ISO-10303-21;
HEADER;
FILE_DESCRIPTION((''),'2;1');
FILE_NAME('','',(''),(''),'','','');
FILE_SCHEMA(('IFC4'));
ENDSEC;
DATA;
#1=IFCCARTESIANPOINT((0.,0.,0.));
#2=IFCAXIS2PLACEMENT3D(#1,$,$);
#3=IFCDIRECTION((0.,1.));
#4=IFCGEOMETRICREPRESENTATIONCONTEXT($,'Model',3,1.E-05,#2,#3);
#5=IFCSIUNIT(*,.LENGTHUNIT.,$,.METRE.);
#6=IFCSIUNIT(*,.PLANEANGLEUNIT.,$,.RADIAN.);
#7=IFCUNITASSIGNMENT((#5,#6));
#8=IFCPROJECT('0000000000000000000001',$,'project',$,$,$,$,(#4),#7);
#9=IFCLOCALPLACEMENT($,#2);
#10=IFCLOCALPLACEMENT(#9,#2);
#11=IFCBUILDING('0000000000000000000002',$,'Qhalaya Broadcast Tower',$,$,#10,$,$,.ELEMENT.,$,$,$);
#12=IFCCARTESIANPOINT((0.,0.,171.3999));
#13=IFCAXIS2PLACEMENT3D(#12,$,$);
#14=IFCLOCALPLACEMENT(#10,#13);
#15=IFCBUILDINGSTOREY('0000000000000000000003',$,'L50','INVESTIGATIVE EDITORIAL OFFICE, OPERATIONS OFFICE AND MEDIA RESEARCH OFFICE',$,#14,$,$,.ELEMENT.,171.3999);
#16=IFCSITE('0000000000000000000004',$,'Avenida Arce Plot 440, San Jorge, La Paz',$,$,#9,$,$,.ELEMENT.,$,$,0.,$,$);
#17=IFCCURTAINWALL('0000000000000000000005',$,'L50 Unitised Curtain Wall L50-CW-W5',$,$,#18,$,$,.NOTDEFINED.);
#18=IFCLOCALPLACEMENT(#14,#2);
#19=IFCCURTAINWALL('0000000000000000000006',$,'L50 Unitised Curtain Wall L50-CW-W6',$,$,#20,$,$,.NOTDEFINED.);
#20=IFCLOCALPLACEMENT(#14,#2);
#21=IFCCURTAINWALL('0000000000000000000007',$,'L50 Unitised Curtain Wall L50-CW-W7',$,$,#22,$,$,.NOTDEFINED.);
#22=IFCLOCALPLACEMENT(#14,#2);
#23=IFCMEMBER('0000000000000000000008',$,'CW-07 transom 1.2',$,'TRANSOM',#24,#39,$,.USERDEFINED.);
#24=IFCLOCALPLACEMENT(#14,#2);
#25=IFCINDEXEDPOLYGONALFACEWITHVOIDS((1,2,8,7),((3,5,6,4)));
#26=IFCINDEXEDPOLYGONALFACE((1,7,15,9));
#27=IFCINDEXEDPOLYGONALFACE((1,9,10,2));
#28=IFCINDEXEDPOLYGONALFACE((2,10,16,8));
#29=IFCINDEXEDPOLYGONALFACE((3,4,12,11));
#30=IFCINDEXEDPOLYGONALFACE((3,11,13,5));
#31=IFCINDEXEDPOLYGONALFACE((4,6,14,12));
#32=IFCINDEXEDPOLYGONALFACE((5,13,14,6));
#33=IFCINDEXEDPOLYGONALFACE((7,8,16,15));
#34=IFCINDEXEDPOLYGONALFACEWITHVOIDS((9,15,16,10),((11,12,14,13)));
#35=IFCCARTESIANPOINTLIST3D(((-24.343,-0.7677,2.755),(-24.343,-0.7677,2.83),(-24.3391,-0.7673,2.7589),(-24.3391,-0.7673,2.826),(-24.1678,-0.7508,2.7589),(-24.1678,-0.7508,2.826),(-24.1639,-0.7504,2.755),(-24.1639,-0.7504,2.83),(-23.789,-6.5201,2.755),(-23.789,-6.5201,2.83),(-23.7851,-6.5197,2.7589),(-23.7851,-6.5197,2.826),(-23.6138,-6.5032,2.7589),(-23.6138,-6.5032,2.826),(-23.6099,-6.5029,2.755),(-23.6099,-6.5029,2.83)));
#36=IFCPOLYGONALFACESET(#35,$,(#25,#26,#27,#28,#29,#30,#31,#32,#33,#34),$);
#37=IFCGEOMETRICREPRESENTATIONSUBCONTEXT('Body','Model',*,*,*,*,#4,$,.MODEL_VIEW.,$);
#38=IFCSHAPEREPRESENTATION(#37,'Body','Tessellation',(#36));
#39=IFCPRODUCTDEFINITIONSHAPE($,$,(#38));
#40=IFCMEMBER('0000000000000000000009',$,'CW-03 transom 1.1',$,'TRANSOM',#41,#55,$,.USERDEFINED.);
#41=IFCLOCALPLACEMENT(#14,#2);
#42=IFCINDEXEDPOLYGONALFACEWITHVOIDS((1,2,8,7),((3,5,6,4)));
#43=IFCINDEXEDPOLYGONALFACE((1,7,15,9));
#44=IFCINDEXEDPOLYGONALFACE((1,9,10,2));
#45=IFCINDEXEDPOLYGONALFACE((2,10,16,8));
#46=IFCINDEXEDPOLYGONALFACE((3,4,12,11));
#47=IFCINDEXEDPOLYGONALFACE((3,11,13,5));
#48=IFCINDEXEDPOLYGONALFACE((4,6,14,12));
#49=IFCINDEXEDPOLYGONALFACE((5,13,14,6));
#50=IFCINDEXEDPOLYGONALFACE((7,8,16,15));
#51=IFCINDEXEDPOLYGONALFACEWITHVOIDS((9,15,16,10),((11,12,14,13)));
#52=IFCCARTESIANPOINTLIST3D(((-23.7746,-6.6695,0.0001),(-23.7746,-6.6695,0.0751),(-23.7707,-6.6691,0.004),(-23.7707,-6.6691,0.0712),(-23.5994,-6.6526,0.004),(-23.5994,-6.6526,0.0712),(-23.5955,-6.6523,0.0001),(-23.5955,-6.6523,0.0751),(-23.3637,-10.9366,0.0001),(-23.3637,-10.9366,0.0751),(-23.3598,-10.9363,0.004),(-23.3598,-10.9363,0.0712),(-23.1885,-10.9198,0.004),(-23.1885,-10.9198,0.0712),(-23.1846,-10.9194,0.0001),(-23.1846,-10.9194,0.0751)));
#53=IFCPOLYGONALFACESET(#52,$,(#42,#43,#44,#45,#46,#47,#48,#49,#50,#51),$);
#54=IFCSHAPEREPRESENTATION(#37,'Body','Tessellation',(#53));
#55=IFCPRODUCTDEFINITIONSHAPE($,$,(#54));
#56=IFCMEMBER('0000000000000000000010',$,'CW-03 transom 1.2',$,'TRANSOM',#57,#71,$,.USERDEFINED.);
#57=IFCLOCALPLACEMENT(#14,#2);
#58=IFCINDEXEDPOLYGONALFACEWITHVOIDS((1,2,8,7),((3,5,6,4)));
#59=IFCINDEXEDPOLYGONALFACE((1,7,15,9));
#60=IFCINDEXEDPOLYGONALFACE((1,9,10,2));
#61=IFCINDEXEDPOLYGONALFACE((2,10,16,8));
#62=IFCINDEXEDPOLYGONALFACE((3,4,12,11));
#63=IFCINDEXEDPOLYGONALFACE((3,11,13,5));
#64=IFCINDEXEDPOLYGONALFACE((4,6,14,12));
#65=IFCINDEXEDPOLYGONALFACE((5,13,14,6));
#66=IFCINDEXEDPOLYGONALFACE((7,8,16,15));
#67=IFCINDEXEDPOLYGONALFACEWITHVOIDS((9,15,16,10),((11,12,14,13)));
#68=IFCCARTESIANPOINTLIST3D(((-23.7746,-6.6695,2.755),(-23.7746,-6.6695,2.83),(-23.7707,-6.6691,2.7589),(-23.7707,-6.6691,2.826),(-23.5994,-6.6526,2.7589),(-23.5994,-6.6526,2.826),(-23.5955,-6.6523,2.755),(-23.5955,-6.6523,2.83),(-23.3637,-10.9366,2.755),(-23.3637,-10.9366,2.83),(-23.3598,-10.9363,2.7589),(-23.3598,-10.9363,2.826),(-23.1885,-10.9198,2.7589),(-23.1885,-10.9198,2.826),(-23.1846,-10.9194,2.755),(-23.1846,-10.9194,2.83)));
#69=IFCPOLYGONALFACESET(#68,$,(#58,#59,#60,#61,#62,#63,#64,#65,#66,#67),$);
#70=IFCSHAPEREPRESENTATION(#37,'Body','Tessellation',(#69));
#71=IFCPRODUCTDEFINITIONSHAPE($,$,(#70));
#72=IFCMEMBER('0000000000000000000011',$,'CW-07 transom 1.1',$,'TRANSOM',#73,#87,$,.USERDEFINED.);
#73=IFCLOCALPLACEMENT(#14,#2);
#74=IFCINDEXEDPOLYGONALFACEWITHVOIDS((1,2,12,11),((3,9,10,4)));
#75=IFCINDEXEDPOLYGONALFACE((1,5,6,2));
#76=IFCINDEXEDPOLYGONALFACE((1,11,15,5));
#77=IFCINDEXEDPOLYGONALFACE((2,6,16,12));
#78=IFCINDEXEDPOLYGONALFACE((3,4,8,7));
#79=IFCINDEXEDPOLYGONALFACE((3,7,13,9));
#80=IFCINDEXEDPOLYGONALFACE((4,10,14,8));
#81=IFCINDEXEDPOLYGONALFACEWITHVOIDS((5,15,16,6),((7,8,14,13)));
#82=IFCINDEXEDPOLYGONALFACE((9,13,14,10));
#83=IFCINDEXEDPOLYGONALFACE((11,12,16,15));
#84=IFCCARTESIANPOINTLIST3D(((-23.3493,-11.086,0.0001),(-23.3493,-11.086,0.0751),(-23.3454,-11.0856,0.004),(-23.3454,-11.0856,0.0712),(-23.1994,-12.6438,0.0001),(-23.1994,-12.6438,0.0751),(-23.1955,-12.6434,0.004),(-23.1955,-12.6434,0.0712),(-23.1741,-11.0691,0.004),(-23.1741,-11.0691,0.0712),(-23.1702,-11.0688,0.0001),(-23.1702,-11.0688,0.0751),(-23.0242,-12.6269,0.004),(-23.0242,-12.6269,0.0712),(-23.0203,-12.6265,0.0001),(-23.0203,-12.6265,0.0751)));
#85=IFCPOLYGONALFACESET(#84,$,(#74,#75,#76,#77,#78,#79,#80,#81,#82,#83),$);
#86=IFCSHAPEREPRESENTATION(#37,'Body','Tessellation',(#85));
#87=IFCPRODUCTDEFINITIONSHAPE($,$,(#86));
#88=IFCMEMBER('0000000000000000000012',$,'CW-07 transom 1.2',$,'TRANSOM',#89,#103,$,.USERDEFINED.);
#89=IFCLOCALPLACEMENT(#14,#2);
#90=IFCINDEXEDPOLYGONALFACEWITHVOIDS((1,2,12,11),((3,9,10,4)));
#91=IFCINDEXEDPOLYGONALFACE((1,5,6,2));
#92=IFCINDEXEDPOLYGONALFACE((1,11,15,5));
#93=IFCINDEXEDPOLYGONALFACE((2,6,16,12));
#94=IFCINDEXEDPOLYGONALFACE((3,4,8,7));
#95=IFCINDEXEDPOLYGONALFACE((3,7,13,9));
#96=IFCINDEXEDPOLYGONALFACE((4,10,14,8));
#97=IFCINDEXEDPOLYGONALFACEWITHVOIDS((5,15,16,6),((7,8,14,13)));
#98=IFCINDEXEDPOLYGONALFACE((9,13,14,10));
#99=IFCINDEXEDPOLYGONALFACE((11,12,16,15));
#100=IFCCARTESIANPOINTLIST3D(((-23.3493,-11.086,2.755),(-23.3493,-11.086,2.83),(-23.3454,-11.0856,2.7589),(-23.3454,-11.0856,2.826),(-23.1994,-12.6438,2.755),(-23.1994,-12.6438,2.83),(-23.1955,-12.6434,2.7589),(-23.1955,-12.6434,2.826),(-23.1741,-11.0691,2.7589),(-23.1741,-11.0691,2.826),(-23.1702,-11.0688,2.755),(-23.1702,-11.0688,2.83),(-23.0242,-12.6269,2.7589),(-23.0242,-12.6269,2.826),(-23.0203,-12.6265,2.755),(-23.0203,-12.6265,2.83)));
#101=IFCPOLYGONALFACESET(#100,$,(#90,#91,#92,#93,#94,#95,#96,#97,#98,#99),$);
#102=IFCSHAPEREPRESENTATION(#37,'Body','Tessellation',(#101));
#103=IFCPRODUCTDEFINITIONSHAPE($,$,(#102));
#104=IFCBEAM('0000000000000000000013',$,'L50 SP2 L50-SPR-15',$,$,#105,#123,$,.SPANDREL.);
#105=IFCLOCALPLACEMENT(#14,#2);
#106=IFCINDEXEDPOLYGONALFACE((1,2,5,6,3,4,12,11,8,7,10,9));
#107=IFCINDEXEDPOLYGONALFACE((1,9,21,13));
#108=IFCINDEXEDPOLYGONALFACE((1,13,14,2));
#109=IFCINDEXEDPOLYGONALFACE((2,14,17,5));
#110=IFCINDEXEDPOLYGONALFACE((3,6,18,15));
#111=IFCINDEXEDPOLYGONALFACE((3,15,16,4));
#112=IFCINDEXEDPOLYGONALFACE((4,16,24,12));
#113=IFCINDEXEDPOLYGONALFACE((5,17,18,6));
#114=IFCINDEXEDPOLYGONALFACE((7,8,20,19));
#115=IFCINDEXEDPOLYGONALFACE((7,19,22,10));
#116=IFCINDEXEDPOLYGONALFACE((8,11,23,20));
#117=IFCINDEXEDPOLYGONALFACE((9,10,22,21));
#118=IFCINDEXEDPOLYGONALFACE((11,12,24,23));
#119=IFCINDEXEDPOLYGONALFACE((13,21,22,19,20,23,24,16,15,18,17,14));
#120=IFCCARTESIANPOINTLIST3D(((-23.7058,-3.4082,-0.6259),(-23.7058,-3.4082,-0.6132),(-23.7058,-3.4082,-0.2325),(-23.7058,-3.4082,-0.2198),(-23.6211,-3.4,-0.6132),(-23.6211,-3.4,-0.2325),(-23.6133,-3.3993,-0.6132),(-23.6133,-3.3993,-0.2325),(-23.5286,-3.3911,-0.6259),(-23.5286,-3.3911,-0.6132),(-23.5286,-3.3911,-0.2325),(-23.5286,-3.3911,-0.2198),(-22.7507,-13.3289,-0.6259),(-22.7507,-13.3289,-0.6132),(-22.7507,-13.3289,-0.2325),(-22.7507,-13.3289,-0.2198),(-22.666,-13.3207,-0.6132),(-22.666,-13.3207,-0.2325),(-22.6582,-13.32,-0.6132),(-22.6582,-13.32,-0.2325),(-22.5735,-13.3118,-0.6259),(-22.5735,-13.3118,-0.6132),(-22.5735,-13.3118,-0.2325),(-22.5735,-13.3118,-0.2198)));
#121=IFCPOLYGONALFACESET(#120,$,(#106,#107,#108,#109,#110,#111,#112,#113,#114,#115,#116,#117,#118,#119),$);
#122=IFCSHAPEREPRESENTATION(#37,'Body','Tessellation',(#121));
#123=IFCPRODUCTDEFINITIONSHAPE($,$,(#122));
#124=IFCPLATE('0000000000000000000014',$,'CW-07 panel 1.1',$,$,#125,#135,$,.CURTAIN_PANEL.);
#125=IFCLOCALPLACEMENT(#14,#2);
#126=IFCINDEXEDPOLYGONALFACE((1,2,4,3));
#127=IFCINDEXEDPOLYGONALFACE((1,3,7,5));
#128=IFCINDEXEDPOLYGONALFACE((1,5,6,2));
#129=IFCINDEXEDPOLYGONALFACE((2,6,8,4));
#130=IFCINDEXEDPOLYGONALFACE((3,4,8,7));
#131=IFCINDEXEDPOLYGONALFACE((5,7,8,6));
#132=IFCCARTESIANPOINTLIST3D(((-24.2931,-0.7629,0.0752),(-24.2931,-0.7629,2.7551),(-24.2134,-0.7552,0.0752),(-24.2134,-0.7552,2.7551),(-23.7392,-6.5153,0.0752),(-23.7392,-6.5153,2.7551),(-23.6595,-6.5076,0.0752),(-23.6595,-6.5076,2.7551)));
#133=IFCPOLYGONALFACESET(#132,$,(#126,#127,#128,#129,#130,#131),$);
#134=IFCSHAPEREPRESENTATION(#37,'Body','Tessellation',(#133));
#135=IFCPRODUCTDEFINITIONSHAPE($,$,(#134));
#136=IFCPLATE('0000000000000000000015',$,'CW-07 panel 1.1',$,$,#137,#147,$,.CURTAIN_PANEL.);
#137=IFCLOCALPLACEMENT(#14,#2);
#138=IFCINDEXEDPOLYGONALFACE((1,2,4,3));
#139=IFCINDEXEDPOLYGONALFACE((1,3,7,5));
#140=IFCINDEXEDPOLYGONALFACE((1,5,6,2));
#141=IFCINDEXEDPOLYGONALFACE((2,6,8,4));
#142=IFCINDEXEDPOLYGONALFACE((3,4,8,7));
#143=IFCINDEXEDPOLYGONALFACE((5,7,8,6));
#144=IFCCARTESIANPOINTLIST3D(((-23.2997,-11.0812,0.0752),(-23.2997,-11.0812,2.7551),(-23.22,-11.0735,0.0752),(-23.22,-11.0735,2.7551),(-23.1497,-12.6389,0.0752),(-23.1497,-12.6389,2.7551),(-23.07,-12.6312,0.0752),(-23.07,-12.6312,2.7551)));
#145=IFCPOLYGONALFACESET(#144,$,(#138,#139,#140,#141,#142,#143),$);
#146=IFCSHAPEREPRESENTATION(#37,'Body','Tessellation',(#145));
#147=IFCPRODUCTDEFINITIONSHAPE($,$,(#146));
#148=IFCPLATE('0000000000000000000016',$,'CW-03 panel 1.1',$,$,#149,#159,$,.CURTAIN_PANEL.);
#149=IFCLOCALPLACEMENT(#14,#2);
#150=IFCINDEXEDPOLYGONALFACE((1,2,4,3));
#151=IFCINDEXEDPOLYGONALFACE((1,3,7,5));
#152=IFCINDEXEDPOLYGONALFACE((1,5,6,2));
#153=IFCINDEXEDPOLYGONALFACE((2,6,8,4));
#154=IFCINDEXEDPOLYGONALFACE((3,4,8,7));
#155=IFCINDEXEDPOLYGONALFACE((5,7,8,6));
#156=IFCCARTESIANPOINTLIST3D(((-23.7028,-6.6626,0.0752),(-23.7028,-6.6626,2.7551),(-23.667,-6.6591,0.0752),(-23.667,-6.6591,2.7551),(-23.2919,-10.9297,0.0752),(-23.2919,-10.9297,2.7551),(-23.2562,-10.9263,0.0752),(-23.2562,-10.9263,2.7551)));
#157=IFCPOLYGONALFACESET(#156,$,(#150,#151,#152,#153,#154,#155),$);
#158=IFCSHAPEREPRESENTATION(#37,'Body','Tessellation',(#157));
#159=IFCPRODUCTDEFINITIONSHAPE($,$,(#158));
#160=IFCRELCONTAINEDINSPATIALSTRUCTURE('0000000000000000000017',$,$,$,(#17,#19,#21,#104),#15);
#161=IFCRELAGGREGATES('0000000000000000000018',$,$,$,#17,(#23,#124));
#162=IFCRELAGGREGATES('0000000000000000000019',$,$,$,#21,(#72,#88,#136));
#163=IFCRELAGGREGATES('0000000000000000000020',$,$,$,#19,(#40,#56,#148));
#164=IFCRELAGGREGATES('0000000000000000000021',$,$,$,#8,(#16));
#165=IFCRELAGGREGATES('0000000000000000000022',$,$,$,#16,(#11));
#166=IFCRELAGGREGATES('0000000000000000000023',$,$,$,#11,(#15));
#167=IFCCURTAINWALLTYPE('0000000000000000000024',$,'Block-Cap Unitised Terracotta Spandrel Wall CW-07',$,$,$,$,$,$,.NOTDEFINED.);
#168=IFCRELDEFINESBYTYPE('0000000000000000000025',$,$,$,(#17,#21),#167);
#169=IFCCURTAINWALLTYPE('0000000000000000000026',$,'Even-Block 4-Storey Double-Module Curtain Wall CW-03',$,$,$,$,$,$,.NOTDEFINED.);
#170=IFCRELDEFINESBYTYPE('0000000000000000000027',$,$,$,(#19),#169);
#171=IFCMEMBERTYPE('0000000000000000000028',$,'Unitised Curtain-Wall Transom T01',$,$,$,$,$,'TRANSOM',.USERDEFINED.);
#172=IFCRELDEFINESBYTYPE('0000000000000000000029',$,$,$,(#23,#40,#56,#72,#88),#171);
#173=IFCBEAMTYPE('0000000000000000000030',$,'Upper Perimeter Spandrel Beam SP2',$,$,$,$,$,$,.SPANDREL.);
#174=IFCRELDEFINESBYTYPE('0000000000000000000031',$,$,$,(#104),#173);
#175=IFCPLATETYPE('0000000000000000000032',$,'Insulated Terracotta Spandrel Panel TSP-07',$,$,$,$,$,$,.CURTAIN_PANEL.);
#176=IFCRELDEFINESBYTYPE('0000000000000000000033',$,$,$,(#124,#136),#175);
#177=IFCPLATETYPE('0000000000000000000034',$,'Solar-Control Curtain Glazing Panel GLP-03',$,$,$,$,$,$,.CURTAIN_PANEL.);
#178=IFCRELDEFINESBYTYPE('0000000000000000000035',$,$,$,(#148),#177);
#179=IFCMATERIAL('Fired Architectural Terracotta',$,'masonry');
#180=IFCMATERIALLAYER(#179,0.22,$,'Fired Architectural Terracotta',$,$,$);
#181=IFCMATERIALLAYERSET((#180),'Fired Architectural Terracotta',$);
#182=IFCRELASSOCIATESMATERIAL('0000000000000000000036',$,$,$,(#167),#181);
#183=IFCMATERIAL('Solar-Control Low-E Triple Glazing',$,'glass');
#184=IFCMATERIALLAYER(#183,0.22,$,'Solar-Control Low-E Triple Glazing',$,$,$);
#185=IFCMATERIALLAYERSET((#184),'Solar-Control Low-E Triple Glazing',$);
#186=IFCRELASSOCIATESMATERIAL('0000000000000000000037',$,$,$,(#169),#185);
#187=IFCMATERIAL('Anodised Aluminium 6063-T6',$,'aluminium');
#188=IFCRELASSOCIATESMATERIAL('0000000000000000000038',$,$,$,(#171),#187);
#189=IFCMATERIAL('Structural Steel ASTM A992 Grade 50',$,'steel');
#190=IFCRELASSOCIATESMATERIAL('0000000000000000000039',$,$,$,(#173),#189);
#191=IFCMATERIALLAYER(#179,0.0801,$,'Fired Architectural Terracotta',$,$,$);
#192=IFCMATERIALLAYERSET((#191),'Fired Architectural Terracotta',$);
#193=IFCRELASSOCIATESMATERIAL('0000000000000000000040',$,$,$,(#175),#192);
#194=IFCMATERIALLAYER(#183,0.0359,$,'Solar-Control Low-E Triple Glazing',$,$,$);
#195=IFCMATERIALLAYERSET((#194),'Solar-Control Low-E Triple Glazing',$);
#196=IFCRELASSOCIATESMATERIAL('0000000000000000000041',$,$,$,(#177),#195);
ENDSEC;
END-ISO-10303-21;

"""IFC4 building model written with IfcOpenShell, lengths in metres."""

from ifc_helpers import new_model, si_unit, direction, frame, origin, origin_2d, place, context, subcontext, project, spatial, rectangle, hollow_rectangle, i_section, extrude, material, layer, layer_set, material_profile, profile_set, type_object, element, aggregate, save


model = new_model("IFC4")

# Units and contexts
model_context = context("Model", 3, precision=1e-05, world=origin(), true_north=direction((0.0, 1.0)))
body_context = subcontext(model_context, "Body", "Model", "MODEL_VIEW")
ifc_project = project(units=[si_unit("LENGTHUNIT", "METRE"), si_unit("PLANEANGLEUNIT", "RADIAN")], contexts=[model_context])

# Site, building, storey
site_placement = place(None, origin())
site = spatial("IfcSite", under=ifc_project, at=site_placement, Name="Avenida Arce Plot 440, San Jorge, La Paz", CompositionType="ELEMENT", RefElevation=0.0)
building_placement = place(site_placement, origin())
building = spatial("IfcBuilding", under=site, at=building_placement, Name="Qhalaya Broadcast Tower", CompositionType="ELEMENT")
storey_placement = place(building_placement, frame((0.0, 0.0, 171.3999)))
storey = spatial("IfcBuildingStorey", under=building, at=storey_placement, Name="L50", Description="INVESTIGATIVE EDITORIAL OFFICE, OPERATIONS OFFICE AND MEDIA RESEARCH OFFICE", CompositionType="ELEMENT", Elevation=171.3999)

# Shared definitions
ifc_material_1 = material(Name="Structural Steel ASTM A992 Grade 50", Category="steel")

# Curtain wall
ifc_material_2 = material(Name="Fired Architectural Terracotta", Category="masonry")
ifc_layer_1 = layer(ifc_material_2, 0.22, Name="Fired Architectural Terracotta")
ifc_layer_set_1 = layer_set([ifc_layer_1], Name="Fired Architectural Terracotta")
curtain_wall_type_1 = type_object("IfcCurtainWallType", Name="Block-Cap Unitised Terracotta Spandrel Wall CW-07", PredefinedType="NOTDEFINED", material=ifc_layer_set_1)
curtain_wall_1_placement = place(storey_placement, origin())
curtain_wall_1 = element("IfcCurtainWall", 1, at=curtain_wall_1_placement, inside=storey, type_object=curtain_wall_type_1, Name="L50 Unitised Curtain Wall L50-CW-W5", PredefinedType="NOTDEFINED")
ifc_material_3 = material(Name="Anodised Aluminium 6063-T6", Category="aluminium")

# Curtain wall
ifc_material_4 = material(Name="Solar-Control Low-E Triple Glazing", Category="glass")
ifc_layer_2 = layer(ifc_material_4, 0.22, Name="Solar-Control Low-E Triple Glazing")
ifc_layer_set_2 = layer_set([ifc_layer_2], Name="Solar-Control Low-E Triple Glazing")
curtain_wall_type_2 = type_object("IfcCurtainWallType", Name="Even-Block 4-Storey Double-Module Curtain Wall CW-03", PredefinedType="NOTDEFINED", material=ifc_layer_set_2)
curtain_wall_2_placement = place(storey_placement, origin())
curtain_wall_2 = element("IfcCurtainWall", 2, at=curtain_wall_2_placement, inside=storey, type_object=curtain_wall_type_2, Name="L50 Unitised Curtain Wall L50-CW-W6", PredefinedType="NOTDEFINED")

# Curtain wall
curtain_wall_3_placement = place(storey_placement, origin())
curtain_wall_3 = element("IfcCurtainWall", 3, at=curtain_wall_3_placement, inside=storey, type_object=curtain_wall_type_1, Name="L50 Unitised Curtain Wall L50-CW-W7", PredefinedType="NOTDEFINED")

# Members
ifc_material_profile_1 = material_profile(ifc_material_3, hollow_rectangle(XDim=0.075, YDim=0.1799, WallThickness=0.0039, at=origin_2d()), Name="ALU-TRN 75x180x4")
ifc_profile_set_1 = profile_set([ifc_material_profile_1], Name="Anodised Aluminium 6063-T6")
member_type_1 = type_object("IfcMemberType", Name="Unitised Curtain-Wall Transom T01", ElementType="TRANSOM", PredefinedType="USERDEFINED", material=ifc_profile_set_1)
member_1_placement = place(storey_placement, frame((-24.2534, -0.759, 2.7925), z_axis=(0.095856, -0.995395, 0.0), x_axis=(0.0, 0.0, 1.0)))
member_1 = element("IfcMember", 4, at=member_1_placement, type_object=member_type_1, Name="CW-07 transom 1.2", ObjectType="TRANSOM", PredefinedType="USERDEFINED", context=body_context, shape_type="SweptSolid", body=[
    extrude(hollow_rectangle(XDim=0.075, YDim=0.1799, WallThickness=0.0039, at=origin_2d()), origin(), (0.0, 0.0, 1.0), 5.7791),
])
member_2_placement = place(storey_placement, frame((-23.6851, -6.6609, 0.0376), z_axis=(0.095849, -0.995396, 0.0), x_axis=(0.0, 0.0, 1.0)))
member_2 = element("IfcMember", 5, at=member_2_placement, type_object=member_type_1, Name="CW-03 transom 1.1", ObjectType="TRANSOM", PredefinedType="USERDEFINED", context=body_context, shape_type="SweptSolid", body=[
    extrude(hollow_rectangle(XDim=0.075, YDim=0.1799, WallThickness=0.0039, at=origin_2d()), origin(), (0.0, 0.0, 1.0), 4.2869),
])
member_3_placement = place(storey_placement, frame((-23.6851, -6.6609, 2.7925), z_axis=(0.095849, -0.995396, 0.0), x_axis=(0.0, 0.0, 1.0)))
member_3 = element("IfcMember", 6, at=member_3_placement, type_object=member_type_1, Name="CW-03 transom 1.2", ObjectType="TRANSOM", PredefinedType="USERDEFINED", context=body_context, shape_type="SweptSolid", body=[
    extrude(hollow_rectangle(XDim=0.075, YDim=0.1799, WallThickness=0.0039, at=origin_2d()), origin(), (0.0, 0.0, 1.0), 4.2869),
])
member_4_placement = place(storey_placement, frame((-23.2598, -11.0774, 0.0376), z_axis=(0.095781, -0.995402, 0.0), x_axis=(0.0, 0.0, 1.0)))
member_4 = element("IfcMember", 7, at=member_4_placement, type_object=member_type_1, Name="CW-07 transom 1.1", ObjectType="TRANSOM", PredefinedType="USERDEFINED", context=body_context, shape_type="SweptSolid", body=[
    extrude(hollow_rectangle(XDim=0.075, YDim=0.1799, WallThickness=0.0039, at=origin_2d()), origin(), (0.0, 0.0, 1.0), 1.5649),
])
member_5_placement = place(storey_placement, frame((-23.2598, -11.0774, 2.7925), z_axis=(0.095781, -0.995402, 0.0), x_axis=(0.0, 0.0, 1.0)))
member_5 = element("IfcMember", 8, at=member_5_placement, type_object=member_type_1, Name="CW-07 transom 1.2", ObjectType="TRANSOM", PredefinedType="USERDEFINED", context=body_context, shape_type="SweptSolid", body=[
    extrude(hollow_rectangle(XDim=0.075, YDim=0.1799, WallThickness=0.0039, at=origin_2d()), origin(), (0.0, 0.0, 1.0), 1.5649),
])

# Beam
ifc_material_profile_2 = material_profile(ifc_material_1, i_section(OverallWidth=0.178, OverallDepth=0.406, WebThickness=0.0078, FlangeThickness=0.0127, at=origin_2d()), Name="W16X40")
ifc_profile_set_2 = profile_set([ifc_material_profile_2], Name="Structural Steel ASTM A992 Grade 50")
beam_type_1 = type_object("IfcBeamType", Name="Upper Perimeter Spandrel Beam SP2", PredefinedType="SPANDREL", material=ifc_profile_set_2)
beam_1_placement = place(storey_placement, frame((-23.6172, -3.3997, -0.4229), z_axis=(0.095829, -0.995398, 0.0), x_axis=(0.995398, 0.095829, 0.0)))
element("IfcBeam", 9, at=beam_1_placement, inside=storey, type_object=beam_type_1, Name="L50 SP2 L50-SPR-15", PredefinedType="SPANDREL", context=body_context, shape_type="SweptSolid", body=[
    extrude(i_section(OverallWidth=0.178, OverallDepth=0.406, WebThickness=0.0078, FlangeThickness=0.0127, at=origin_2d()), origin(), (0.0, 0.0, 1.0), 9.9666),
])

# Plates
ifc_layer_3 = layer(ifc_material_2, 0.0801, Name="Fired Architectural Terracotta")
ifc_layer_set_3 = layer_set([ifc_layer_3], Name="Fired Architectural Terracotta")
plate_type_1 = type_object("IfcPlateType", Name="Insulated Terracotta Spandrel Panel TSP-07", PredefinedType="CURTAIN_PANEL", material=ifc_layer_set_3)
plate_1_placement = place(storey_placement, frame((-23.9763, -3.6353, 0.0752), z_axis=(0.0, 0.0, 1.0), x_axis=(0.095849, -0.995396, 0.0)))
plate_1 = element("IfcPlate", 10, at=plate_1_placement, type_object=plate_type_1, Name="CW-07 panel 1.1", PredefinedType="CURTAIN_PANEL", context=body_context, shape_type="SweptSolid", body=[
    extrude(rectangle(XDim=5.7791, YDim=0.0801, at=origin_2d()), origin(), (0.0, 0.0, 1.0), 2.6799),
])
aggregate(curtain_wall_1, [member_1, plate_1])
plate_2_placement = place(storey_placement, frame((-23.1848, -11.8562, 0.0752), z_axis=(0.0, 0.0, 1.0), x_axis=(0.09586, -0.995395, 0.0)))
plate_2 = element("IfcPlate", 11, at=plate_2_placement, type_object=plate_type_1, Name="CW-07 panel 1.1", PredefinedType="CURTAIN_PANEL", context=body_context, shape_type="SweptSolid", body=[
    extrude(rectangle(XDim=1.5649, YDim=0.0801, at=origin_2d()), origin(), (0.0, 0.0, 1.0), 2.6799),
])
aggregate(curtain_wall_3, [member_4, member_5, plate_2])
ifc_layer_4 = layer(ifc_material_4, 0.0359, Name="Solar-Control Low-E Triple Glazing")
ifc_layer_set_4 = layer_set([ifc_layer_4], Name="Solar-Control Low-E Triple Glazing")
plate_type_2 = type_object("IfcPlateType", Name="Solar-Control Curtain Glazing Panel GLP-03", PredefinedType="CURTAIN_PANEL", material=ifc_layer_set_4)
plate_3_placement = place(storey_placement, frame((-23.4795, -8.7944, 0.0752), z_axis=(0.0, 0.0, 1.0), x_axis=(0.095832, -0.995398, 0.0)))
plate_3 = element("IfcPlate", 12, at=plate_3_placement, type_object=plate_type_2, Name="CW-03 panel 1.1", PredefinedType="CURTAIN_PANEL", context=body_context, shape_type="SweptSolid", body=[
    extrude(rectangle(XDim=4.2869, YDim=0.0359, at=origin_2d()), origin(), (0.0, 0.0, 1.0), 2.6799),
])
aggregate(curtain_wall_2, [member_2, member_3, plate_3])

save(model, "model.ifc")
